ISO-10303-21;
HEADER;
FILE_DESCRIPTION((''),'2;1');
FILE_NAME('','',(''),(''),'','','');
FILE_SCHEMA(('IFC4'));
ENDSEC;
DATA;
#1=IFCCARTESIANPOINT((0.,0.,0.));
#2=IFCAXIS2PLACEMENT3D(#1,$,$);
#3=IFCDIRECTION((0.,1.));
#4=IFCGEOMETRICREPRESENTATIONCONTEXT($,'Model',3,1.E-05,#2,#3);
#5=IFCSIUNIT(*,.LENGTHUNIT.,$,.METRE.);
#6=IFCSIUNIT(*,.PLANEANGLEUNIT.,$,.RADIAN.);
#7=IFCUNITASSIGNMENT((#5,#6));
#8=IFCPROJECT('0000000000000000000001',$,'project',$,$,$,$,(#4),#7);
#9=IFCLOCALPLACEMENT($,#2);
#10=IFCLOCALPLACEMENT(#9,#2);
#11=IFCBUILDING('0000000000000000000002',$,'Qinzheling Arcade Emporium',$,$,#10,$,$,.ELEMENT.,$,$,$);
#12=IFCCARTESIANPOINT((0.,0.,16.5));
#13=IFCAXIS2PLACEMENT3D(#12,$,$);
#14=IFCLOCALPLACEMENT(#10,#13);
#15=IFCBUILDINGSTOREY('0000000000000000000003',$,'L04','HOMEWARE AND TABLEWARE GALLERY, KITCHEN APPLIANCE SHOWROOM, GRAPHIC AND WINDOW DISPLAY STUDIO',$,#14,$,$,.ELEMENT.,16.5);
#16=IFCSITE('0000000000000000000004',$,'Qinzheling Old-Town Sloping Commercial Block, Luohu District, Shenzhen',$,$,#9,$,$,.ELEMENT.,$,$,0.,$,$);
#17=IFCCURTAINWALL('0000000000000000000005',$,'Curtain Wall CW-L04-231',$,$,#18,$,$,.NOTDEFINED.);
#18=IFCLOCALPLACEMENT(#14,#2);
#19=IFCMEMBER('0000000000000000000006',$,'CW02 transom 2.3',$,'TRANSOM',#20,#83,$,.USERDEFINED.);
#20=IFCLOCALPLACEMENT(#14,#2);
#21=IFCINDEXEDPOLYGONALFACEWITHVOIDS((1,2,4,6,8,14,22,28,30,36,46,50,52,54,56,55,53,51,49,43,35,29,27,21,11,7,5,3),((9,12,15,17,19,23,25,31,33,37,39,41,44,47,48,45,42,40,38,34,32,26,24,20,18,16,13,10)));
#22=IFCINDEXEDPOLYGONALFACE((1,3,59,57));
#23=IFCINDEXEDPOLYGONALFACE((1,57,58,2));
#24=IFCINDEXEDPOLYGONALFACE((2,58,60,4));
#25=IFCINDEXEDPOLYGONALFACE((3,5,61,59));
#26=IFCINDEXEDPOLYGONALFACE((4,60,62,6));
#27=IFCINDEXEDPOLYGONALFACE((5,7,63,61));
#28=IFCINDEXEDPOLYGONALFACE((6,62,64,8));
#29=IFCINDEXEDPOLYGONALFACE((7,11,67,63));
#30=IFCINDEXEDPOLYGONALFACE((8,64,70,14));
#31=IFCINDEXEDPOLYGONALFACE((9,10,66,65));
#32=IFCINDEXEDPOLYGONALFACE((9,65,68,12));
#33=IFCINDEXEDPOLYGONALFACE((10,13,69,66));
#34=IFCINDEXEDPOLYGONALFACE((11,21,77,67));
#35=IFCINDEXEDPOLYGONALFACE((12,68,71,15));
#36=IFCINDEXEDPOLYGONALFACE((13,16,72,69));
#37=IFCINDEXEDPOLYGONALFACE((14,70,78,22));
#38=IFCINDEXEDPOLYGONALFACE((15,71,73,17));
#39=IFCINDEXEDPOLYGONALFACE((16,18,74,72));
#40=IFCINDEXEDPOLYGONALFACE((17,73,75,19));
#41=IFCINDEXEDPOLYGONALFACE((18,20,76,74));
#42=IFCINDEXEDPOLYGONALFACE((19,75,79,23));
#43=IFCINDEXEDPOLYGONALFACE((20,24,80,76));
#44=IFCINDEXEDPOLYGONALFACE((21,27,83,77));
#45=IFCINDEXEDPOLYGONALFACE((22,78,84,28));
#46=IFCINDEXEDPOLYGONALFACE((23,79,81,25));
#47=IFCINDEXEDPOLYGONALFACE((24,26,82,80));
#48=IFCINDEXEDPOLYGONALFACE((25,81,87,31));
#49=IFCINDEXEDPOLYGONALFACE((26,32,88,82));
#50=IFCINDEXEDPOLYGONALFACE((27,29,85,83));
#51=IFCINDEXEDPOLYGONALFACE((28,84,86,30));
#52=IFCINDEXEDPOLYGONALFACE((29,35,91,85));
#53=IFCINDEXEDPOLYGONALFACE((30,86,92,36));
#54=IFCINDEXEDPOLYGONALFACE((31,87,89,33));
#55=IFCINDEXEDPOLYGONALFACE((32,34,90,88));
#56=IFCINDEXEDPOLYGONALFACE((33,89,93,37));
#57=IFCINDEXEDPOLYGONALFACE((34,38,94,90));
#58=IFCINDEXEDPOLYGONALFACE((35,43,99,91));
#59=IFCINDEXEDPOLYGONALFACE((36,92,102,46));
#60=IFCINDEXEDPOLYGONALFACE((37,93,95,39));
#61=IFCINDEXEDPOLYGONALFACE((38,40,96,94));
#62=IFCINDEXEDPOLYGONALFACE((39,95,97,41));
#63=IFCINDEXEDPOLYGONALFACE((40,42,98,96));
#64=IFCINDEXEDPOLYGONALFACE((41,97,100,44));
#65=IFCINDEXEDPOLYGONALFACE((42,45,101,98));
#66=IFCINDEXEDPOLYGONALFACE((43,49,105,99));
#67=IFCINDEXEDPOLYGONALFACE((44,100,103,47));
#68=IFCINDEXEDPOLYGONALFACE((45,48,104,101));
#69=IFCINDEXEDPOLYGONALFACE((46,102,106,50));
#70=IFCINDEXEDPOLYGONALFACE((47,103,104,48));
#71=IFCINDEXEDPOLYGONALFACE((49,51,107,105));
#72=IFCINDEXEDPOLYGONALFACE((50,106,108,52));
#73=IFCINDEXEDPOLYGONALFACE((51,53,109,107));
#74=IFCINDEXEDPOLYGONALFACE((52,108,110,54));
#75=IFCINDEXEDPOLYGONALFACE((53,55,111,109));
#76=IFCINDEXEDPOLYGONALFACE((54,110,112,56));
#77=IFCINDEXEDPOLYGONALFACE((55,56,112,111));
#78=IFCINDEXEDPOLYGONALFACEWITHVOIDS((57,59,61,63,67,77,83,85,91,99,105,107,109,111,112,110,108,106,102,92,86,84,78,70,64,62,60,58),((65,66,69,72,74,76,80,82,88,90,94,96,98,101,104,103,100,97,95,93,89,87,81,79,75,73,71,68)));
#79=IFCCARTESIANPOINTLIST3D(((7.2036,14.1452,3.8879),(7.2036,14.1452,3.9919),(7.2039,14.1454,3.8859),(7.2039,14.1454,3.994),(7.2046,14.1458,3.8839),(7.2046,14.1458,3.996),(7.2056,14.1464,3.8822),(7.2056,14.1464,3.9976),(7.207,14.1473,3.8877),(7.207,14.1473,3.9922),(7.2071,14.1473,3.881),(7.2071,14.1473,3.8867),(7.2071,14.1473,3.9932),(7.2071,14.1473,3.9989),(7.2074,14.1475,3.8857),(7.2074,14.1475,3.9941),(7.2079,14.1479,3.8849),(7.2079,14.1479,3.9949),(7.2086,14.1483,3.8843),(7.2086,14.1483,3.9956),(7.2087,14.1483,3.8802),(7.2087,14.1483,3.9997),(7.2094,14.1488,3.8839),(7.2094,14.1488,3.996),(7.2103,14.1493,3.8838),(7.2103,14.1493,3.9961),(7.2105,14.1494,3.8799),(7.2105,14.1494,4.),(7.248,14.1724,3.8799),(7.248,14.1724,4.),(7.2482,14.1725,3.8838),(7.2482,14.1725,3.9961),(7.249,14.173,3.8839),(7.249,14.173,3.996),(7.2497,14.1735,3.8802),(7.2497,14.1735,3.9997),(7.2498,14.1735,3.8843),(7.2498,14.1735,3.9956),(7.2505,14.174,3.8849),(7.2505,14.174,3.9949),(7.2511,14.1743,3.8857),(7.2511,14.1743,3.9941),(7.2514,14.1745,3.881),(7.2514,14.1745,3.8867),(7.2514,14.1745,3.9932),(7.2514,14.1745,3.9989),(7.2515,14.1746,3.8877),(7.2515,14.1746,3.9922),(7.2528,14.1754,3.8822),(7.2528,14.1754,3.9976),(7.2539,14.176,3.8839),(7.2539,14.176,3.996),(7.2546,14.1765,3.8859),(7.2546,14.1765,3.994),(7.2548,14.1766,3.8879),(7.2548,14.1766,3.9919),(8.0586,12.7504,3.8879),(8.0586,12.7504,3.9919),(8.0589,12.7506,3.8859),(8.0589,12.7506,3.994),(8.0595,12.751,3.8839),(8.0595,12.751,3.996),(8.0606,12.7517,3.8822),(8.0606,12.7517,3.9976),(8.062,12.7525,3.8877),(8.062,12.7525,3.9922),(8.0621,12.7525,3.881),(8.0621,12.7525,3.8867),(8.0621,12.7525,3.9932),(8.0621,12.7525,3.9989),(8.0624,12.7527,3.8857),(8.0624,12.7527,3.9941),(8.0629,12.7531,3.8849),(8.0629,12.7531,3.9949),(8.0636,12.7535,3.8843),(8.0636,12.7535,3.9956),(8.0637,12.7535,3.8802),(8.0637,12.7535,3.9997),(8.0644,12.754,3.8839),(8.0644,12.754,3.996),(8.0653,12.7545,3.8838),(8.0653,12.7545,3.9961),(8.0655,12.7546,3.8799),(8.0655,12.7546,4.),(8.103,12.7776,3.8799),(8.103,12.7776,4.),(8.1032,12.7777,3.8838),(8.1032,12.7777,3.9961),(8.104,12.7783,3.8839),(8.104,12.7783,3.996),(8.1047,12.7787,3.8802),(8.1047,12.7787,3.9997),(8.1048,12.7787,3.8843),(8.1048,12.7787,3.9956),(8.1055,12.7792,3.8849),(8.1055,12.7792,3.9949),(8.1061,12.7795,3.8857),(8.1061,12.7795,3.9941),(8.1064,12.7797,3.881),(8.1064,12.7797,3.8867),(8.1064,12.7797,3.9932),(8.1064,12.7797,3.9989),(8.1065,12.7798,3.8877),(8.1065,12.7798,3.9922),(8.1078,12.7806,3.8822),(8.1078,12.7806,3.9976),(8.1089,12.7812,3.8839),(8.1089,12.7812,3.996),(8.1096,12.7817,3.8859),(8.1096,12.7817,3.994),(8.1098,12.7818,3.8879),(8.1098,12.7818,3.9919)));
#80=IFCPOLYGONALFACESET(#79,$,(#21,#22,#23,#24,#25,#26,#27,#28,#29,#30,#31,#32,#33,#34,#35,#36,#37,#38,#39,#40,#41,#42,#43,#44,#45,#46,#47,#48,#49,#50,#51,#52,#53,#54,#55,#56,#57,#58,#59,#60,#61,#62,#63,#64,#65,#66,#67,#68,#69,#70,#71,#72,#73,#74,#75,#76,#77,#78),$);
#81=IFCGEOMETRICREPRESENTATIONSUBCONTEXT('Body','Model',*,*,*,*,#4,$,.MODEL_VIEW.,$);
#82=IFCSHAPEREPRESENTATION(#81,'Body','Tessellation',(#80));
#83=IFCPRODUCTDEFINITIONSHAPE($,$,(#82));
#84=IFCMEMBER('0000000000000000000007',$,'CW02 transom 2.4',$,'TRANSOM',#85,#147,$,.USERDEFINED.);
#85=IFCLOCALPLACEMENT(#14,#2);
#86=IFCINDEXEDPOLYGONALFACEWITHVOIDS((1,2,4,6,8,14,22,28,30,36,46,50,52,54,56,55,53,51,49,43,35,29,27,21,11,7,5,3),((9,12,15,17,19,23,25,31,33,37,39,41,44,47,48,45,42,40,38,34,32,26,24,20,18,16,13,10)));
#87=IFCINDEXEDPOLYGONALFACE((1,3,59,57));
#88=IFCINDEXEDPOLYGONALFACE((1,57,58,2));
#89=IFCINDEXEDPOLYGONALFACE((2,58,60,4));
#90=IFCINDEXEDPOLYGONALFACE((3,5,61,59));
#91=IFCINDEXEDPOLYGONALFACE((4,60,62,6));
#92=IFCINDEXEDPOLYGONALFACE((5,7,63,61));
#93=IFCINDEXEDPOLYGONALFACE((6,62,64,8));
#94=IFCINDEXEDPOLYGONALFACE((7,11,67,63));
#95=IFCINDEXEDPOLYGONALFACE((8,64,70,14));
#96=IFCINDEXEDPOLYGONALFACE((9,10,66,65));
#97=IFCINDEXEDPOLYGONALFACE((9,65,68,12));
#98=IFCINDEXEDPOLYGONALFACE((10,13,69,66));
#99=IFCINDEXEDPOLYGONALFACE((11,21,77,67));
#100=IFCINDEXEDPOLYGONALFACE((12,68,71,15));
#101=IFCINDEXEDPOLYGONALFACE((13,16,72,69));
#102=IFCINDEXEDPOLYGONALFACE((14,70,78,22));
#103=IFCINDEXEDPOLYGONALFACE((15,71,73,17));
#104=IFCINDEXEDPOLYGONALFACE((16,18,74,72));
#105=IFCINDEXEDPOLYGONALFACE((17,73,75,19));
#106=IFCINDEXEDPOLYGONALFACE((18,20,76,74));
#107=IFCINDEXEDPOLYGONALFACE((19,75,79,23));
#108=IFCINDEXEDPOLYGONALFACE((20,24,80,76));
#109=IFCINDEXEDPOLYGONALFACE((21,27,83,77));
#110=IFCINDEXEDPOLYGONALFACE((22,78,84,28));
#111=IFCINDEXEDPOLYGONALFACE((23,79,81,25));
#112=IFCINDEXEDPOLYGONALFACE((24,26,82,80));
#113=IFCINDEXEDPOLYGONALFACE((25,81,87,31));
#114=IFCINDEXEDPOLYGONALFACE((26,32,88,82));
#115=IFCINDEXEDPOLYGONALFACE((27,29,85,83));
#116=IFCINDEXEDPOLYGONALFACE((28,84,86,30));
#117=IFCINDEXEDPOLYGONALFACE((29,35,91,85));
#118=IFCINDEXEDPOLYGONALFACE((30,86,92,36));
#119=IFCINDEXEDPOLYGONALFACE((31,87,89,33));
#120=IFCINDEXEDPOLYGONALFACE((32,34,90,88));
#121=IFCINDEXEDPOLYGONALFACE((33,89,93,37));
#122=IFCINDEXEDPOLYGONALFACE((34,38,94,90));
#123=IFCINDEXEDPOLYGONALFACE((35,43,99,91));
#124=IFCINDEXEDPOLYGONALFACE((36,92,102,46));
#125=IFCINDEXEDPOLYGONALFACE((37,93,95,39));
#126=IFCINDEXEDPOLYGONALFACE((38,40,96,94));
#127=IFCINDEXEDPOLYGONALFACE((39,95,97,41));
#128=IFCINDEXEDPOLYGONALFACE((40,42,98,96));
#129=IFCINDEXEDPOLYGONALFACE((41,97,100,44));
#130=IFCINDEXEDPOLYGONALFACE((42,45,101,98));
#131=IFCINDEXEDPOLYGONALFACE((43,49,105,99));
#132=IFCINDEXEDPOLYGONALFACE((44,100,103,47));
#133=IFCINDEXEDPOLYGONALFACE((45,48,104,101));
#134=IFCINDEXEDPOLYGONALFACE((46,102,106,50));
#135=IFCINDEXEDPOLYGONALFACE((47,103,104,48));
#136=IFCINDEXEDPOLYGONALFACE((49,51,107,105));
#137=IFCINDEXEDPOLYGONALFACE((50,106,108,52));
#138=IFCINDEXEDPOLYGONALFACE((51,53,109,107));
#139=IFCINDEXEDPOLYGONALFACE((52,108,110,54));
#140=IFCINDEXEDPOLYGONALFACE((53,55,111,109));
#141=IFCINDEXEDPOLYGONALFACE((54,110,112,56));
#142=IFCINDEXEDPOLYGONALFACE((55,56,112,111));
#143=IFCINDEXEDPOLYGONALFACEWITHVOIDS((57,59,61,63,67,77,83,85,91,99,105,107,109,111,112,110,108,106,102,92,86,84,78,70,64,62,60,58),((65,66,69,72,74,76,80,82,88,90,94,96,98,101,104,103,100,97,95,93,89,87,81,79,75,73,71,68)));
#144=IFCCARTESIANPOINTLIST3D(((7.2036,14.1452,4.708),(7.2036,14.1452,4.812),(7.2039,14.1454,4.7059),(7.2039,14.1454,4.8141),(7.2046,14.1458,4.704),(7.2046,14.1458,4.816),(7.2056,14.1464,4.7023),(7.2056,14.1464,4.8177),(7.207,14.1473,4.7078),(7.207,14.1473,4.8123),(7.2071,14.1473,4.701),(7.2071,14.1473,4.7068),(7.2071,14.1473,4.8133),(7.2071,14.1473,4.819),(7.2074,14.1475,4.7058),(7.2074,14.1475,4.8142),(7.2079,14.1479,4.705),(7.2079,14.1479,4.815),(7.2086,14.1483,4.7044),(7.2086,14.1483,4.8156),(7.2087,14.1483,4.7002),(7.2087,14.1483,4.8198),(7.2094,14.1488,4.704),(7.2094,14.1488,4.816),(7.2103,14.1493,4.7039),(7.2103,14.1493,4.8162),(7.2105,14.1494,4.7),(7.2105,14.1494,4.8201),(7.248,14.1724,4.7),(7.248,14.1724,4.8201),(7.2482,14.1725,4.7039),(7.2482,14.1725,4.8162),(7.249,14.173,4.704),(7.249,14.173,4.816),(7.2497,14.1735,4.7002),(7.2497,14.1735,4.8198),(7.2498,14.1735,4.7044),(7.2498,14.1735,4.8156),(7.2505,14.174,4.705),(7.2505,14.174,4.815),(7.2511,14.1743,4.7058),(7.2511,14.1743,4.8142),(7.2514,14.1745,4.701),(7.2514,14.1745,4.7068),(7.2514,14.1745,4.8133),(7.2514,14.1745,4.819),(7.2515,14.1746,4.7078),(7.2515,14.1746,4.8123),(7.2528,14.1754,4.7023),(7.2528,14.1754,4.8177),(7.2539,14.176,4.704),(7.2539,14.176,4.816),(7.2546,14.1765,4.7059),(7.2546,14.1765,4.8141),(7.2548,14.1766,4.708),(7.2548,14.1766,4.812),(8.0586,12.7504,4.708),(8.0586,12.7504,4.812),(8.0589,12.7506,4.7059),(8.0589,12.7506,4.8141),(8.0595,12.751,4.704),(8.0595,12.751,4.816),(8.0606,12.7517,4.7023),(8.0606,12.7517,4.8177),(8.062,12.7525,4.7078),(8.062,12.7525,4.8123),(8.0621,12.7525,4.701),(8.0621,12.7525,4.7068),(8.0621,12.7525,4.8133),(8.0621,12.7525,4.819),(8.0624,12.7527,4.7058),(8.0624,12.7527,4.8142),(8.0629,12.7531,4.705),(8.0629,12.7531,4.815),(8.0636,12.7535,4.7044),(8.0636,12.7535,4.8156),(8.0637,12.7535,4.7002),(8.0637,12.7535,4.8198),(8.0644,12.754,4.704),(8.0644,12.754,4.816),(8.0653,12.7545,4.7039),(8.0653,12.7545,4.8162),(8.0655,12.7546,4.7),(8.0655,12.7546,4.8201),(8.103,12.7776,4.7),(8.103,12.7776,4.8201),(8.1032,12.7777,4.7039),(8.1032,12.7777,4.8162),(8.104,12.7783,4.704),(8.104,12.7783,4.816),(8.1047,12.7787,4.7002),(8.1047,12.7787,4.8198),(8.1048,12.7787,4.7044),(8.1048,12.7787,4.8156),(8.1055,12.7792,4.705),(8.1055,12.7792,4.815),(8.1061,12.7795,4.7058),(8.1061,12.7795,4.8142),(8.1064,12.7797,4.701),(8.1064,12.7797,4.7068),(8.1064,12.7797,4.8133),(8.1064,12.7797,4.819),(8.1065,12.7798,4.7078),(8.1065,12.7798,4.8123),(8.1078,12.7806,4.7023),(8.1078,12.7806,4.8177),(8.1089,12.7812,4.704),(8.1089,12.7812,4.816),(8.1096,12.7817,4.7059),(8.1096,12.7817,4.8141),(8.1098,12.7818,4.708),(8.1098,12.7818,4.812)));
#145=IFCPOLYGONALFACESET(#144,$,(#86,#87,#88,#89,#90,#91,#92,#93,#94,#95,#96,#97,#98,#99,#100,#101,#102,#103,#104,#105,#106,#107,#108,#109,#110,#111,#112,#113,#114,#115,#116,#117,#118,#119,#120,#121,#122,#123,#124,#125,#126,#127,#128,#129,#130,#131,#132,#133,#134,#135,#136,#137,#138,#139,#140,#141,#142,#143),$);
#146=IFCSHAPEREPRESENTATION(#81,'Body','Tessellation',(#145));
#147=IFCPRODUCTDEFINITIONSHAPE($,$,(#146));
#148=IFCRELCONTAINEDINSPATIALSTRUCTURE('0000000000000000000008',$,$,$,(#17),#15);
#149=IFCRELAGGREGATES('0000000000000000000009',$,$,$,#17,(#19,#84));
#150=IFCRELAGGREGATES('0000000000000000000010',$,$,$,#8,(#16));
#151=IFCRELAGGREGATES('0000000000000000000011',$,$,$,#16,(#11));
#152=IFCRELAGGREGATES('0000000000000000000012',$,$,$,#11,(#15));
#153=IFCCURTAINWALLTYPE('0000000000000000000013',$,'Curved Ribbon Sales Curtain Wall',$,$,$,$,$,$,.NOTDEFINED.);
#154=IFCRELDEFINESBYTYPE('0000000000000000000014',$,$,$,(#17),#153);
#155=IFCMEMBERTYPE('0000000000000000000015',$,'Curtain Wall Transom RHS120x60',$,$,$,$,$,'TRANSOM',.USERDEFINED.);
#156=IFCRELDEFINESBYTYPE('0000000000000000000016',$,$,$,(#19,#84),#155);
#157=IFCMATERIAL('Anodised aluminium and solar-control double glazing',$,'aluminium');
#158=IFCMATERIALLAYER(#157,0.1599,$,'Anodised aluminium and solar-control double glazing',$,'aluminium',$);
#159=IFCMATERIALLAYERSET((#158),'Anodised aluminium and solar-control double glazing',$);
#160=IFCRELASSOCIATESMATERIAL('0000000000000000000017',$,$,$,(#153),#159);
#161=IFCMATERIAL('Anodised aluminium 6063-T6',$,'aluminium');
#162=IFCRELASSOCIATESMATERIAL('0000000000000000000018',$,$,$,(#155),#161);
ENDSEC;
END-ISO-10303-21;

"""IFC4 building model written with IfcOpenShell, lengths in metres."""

from ifc_helpers import new_model, si_unit, direction, frame, origin, origin_2d, place, context, subcontext, project, spatial, hollow_rectangle, extrude, material, layer, layer_set, material_profile, profile_set, type_object, element, aggregate, save


model = new_model("IFC4")

# Units and contexts
model_context = context("Model", 3, precision=1e-05, world=origin(), true_north=direction((0.0, 1.0)))
body_context = subcontext(model_context, "Body", "Model", "MODEL_VIEW")
ifc_project = project(units=[si_unit("LENGTHUNIT", "METRE"), si_unit("PLANEANGLEUNIT", "RADIAN")], contexts=[model_context])

# Site, building, storey
site_placement = place(None, origin())
site = spatial("IfcSite", under=ifc_project, at=site_placement, Name="Qinzheling Old-Town Sloping Commercial Block, Luohu District, Shenzhen", CompositionType="ELEMENT", RefElevation=0.0)
building_placement = place(site_placement, origin())
building = spatial("IfcBuilding", under=site, at=building_placement, Name="Qinzheling Arcade Emporium", CompositionType="ELEMENT")
storey_placement = place(building_placement, frame((0.0, 0.0, 16.5)))
storey = spatial("IfcBuildingStorey", under=building, at=storey_placement, Name="L04", Description="HOMEWARE AND TABLEWARE GALLERY, KITCHEN APPLIANCE SHOWROOM, GRAPHIC AND WINDOW DISPLAY STUDIO", CompositionType="ELEMENT", Elevation=16.5)

# Curtain wall
ifc_material_1 = material(Name="Anodised aluminium and solar-control double glazing", Category="aluminium")
ifc_layer_1 = layer(ifc_material_1, 0.1599, Name="Anodised aluminium and solar-control double glazing", Category="aluminium")
ifc_layer_set_1 = layer_set([ifc_layer_1], Name="Anodised aluminium and solar-control double glazing")
curtain_wall_type = type_object("IfcCurtainWallType", Name="Curved Ribbon Sales Curtain Wall", PredefinedType="NOTDEFINED", material=ifc_layer_set_1)
curtain_wall_1_placement = place(storey_placement, origin())
curtain_wall_1 = element("IfcCurtainWall", 1, at=curtain_wall_1_placement, inside=storey, type_object=curtain_wall_type, Name="Curtain Wall CW-L04-231", PredefinedType="NOTDEFINED")
ifc_material_2 = material(Name="Anodised aluminium 6063-T6", Category="aluminium")

# Members
ifc_material_profile_1 = material_profile(ifc_material_2, hollow_rectangle(XDim=0.0601, YDim=0.1201, WallThickness=0.0039, InnerFilletRadius=0.0039, OuterFilletRadius=0.0081, at=origin_2d()), Name="RHS 120x60x4", Category="aluminium")
ifc_profile_set_1 = profile_set([ifc_material_profile_1], Name="Anodised aluminium 6063-T6")
member_type_1 = type_object("IfcMemberType", Name="Curtain Wall Transom RHS120x60", ElementType="TRANSOM", PredefinedType="USERDEFINED", material=ifc_profile_set_1)
member_1_placement = place(storey_placement, frame((8.0842, 12.7661, 3.9399), z_axis=(-0.522615, 0.852569, 0.0), x_axis=(-0.852569, -0.522615, 0.0)))
member_1 = element("IfcMember", 2, at=member_1_placement, type_object=member_type_1, Name="CW02 transom 2.3", ObjectType="TRANSOM", PredefinedType="USERDEFINED", context=body_context, shape_type="SweptSolid", body=[
    extrude(hollow_rectangle(XDim=0.0601, YDim=0.1201, WallThickness=0.0039, InnerFilletRadius=0.0039, OuterFilletRadius=0.0081, at=origin_2d()), origin(), (0.0, 0.0, 1.0), 1.636),
])
member_2_placement = place(storey_placement, frame((8.0842, 12.7661, 4.76), z_axis=(-0.522615, 0.852569, 0.0), x_axis=(-0.852569, -0.522615, 0.0)))
member_2 = element("IfcMember", 3, at=member_2_placement, type_object=member_type_1, Name="CW02 transom 2.4", ObjectType="TRANSOM", PredefinedType="USERDEFINED", context=body_context, shape_type="SweptSolid", body=[
    extrude(hollow_rectangle(XDim=0.0601, YDim=0.1201, WallThickness=0.0039, InnerFilletRadius=0.0039, OuterFilletRadius=0.0081, at=origin_2d()), origin(), (0.0, 0.0, 1.0), 1.636),
])

aggregate(curtain_wall_1, [member_1, member_2])

save(model, "model.ifc")
